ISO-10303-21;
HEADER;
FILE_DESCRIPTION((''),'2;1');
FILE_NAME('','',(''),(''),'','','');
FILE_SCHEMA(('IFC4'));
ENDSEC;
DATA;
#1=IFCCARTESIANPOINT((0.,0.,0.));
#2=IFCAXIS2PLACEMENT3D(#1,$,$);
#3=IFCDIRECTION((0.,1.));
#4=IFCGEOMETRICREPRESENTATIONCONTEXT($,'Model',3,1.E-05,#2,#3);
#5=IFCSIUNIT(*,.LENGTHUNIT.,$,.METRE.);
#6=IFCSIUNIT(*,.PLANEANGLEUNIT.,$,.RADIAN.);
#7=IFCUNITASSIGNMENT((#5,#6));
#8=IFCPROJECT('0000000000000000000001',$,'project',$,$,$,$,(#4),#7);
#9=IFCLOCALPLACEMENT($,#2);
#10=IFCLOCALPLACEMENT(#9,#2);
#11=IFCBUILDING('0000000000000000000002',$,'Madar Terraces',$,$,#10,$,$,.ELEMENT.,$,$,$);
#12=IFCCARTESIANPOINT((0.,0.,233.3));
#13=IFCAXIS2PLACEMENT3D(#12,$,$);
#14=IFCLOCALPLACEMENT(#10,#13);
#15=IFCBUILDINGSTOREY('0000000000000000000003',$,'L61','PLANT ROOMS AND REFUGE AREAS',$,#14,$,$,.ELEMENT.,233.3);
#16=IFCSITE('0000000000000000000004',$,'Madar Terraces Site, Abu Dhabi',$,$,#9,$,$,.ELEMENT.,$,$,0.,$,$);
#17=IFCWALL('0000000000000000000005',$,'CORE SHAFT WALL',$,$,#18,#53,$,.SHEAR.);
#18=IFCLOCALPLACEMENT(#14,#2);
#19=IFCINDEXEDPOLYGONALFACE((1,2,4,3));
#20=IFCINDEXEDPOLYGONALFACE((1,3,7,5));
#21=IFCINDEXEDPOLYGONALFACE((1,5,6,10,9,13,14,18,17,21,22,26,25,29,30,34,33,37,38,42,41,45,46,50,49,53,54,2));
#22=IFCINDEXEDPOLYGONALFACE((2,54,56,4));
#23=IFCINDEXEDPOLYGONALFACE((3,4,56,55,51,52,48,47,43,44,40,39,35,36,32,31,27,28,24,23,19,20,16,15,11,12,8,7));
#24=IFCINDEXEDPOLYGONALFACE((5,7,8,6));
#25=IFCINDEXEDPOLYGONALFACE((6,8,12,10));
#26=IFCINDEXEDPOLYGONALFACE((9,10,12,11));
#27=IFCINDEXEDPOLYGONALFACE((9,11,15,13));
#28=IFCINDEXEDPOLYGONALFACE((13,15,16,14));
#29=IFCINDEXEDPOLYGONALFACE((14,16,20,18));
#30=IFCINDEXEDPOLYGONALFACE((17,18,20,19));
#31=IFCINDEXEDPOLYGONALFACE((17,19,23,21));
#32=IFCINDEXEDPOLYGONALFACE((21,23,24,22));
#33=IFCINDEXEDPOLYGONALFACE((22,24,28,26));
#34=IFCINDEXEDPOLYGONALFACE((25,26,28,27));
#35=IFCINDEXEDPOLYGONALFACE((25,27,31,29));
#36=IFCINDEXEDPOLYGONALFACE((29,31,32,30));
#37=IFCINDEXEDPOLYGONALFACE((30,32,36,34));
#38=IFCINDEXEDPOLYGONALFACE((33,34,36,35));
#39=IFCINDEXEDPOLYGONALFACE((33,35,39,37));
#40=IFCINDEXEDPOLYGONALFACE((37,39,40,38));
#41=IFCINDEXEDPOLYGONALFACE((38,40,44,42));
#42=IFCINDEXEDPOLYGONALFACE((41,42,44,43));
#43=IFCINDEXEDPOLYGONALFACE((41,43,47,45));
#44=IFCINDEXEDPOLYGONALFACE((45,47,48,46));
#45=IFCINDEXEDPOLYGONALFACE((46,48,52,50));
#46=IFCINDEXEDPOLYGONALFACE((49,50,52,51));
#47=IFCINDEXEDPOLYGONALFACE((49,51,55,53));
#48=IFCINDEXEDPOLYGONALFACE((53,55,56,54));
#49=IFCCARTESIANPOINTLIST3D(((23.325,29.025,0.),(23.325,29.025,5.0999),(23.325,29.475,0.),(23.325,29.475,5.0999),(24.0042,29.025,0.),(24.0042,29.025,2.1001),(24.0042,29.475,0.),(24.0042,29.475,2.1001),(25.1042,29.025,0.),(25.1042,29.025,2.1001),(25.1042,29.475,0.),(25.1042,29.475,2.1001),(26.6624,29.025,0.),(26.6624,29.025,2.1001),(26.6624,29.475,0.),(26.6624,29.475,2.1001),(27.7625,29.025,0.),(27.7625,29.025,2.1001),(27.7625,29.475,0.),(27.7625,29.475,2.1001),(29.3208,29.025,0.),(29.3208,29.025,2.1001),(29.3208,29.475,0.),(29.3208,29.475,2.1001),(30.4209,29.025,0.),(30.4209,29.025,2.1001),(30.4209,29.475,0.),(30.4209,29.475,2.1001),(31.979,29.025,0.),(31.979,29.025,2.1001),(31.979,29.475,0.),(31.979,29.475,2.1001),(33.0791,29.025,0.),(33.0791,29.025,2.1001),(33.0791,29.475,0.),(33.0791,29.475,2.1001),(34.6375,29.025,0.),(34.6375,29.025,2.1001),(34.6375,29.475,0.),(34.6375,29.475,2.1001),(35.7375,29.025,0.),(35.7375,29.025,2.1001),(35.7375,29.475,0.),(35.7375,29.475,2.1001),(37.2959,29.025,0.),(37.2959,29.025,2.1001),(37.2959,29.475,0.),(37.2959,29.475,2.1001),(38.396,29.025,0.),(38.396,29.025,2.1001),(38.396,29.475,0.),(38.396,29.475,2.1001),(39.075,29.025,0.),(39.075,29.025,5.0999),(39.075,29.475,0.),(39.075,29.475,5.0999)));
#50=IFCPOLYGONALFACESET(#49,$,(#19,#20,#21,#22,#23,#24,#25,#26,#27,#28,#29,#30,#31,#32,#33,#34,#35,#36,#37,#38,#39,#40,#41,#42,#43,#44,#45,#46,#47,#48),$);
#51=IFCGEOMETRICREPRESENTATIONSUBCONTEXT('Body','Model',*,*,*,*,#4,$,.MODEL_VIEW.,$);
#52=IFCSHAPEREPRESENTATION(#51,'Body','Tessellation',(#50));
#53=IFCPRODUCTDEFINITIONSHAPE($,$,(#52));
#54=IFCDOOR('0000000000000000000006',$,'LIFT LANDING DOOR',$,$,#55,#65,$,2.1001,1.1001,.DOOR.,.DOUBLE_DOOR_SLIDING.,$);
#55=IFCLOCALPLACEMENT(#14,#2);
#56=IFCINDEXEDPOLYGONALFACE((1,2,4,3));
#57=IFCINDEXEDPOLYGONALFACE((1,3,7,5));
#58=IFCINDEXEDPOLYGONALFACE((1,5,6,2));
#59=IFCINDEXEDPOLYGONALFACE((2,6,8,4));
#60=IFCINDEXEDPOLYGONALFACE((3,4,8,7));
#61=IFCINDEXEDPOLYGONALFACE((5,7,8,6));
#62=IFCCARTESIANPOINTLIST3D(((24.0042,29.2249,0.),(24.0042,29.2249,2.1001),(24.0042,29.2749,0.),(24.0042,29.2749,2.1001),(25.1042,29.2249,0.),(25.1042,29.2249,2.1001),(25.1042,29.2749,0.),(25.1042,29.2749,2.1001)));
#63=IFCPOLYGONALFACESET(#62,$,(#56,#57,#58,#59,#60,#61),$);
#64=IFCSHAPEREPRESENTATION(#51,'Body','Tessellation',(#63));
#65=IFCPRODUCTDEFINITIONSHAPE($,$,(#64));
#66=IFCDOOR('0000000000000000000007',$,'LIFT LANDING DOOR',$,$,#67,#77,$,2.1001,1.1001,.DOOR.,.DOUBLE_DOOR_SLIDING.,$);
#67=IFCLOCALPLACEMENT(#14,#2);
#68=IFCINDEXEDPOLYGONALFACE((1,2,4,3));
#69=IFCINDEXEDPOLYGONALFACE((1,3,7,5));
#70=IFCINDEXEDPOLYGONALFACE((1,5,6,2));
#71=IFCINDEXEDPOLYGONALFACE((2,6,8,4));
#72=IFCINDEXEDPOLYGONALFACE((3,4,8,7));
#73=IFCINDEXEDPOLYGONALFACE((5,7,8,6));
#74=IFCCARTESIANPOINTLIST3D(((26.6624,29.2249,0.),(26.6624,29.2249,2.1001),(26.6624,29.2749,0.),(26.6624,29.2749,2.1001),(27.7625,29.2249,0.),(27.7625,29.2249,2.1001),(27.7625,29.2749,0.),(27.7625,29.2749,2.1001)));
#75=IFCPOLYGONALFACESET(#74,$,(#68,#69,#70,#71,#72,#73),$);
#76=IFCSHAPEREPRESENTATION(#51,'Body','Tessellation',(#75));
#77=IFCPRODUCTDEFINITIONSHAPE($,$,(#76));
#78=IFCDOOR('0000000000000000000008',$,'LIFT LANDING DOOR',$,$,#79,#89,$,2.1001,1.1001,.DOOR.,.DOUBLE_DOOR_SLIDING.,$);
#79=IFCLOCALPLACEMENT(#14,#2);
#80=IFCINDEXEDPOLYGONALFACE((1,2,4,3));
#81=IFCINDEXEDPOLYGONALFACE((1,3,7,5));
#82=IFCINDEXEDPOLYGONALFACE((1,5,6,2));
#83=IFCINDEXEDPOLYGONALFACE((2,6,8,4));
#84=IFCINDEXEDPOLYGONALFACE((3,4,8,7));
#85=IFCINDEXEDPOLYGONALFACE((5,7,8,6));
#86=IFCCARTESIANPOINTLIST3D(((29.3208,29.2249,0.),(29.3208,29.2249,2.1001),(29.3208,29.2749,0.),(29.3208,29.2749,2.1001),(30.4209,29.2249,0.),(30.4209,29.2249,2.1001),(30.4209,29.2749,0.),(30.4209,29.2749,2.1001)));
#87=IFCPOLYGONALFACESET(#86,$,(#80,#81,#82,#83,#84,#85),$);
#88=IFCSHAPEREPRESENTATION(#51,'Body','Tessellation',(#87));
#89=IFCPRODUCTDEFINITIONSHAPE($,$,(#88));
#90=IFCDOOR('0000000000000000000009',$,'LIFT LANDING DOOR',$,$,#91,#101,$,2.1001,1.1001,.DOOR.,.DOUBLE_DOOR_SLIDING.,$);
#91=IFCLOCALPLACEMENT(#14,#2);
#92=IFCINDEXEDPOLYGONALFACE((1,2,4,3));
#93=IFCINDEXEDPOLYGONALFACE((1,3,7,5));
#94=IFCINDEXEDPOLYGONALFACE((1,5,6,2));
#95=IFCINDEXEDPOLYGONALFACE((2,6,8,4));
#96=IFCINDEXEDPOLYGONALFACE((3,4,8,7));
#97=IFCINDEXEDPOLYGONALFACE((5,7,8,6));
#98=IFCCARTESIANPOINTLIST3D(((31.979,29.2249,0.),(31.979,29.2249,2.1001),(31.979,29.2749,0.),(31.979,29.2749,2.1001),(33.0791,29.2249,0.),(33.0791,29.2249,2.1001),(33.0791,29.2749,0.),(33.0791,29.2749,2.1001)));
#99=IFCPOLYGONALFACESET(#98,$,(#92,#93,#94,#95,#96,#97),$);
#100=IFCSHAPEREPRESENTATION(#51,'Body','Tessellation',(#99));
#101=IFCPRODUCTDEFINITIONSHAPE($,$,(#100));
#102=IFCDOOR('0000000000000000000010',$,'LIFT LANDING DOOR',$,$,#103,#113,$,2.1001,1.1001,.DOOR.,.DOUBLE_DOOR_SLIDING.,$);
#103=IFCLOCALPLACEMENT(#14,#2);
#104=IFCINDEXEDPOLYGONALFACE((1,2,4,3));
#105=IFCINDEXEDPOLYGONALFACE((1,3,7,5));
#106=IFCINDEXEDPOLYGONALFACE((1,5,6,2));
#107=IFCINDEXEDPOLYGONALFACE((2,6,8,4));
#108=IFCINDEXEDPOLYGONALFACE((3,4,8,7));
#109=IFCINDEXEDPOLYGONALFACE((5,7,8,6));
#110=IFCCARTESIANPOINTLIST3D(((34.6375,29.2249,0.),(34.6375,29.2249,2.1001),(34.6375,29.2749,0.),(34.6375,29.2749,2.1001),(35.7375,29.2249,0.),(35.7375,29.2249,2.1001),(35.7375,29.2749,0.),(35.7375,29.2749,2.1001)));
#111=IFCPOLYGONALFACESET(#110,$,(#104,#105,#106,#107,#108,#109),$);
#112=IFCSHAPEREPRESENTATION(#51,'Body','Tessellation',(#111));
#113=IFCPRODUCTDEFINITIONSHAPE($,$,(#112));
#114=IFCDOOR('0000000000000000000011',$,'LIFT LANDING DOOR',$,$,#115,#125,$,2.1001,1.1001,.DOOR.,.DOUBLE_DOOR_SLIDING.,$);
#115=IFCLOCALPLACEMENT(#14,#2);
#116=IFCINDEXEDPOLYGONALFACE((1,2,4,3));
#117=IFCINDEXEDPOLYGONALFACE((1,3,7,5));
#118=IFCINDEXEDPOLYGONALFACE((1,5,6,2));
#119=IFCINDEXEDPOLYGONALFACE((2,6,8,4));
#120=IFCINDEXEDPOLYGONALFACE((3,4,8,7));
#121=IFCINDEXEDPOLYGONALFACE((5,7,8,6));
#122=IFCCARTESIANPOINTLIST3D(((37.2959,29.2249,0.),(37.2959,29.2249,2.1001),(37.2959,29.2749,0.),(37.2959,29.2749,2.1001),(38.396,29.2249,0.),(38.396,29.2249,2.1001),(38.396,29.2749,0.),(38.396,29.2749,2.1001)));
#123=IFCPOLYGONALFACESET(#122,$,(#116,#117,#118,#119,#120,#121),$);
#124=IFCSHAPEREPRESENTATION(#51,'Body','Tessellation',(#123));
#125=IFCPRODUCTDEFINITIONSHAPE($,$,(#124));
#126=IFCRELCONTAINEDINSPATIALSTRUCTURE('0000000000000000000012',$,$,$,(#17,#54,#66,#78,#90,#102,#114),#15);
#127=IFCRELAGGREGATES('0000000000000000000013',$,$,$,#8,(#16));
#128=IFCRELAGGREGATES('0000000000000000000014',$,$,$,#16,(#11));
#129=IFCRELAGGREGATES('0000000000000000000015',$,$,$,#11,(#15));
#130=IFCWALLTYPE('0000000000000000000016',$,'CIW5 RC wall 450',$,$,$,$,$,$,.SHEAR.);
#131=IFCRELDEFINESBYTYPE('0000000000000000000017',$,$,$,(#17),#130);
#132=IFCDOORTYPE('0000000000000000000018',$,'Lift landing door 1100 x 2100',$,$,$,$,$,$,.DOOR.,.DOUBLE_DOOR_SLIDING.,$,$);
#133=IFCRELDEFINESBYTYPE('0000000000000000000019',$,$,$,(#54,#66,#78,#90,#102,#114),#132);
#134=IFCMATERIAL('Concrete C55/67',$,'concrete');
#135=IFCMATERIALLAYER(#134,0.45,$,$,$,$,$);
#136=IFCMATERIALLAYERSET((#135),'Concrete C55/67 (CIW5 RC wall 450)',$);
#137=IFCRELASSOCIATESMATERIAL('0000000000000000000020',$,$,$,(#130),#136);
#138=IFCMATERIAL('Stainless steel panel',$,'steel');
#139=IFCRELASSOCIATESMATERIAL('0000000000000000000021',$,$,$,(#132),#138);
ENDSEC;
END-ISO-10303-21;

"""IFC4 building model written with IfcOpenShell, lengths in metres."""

from ifc_helpers import new_model, si_unit, direction, frame, frame_2d, origin, place, context, subcontext, project, spatial, rectangle, extrude, material, layer, layer_set, type_object, element, fill, save


model = new_model("IFC4")

# Units and contexts
model_context = context("Model", 3, precision=1e-05, world=origin(), true_north=direction((0.0, 1.0)))
body_context = subcontext(model_context, "Body", "Model", "MODEL_VIEW")
ifc_project = project(units=[si_unit("LENGTHUNIT", "METRE"), si_unit("PLANEANGLEUNIT", "RADIAN")], contexts=[model_context])

# Site, building, storey
site_placement = place(None, origin())
site = spatial("IfcSite", under=ifc_project, at=site_placement, Name="Madar Terraces Site, Abu Dhabi", CompositionType="ELEMENT", RefElevation=0.0)
building_placement = place(site_placement, origin())
building = spatial("IfcBuilding", under=site, at=building_placement, Name="Madar Terraces", CompositionType="ELEMENT")
storey_placement = place(building_placement, frame((0.0, 0.0, 233.3)))
storey = spatial("IfcBuildingStorey", under=building, at=storey_placement, Name="L61", Description="PLANT ROOMS AND REFUGE AREAS", CompositionType="ELEMENT", Elevation=233.3)

# Shared definitions
ifc_material_1 = material(Name="Concrete C55/67", Category="concrete")
ifc_layer_1 = layer(ifc_material_1, 0.45)
ifc_layer_set_1 = layer_set([ifc_layer_1], Name="Concrete C55/67 (CIW5 RC wall 450)")
wall_type_1 = type_object("IfcWallType", Name="CIW5 RC wall 450", PredefinedType="SHEAR", material=ifc_layer_set_1)

# Wall, openings, doors
wall_1_placement = place(storey_placement, frame((23.325, 29.25, 0.0), z_axis=(0.0, 0.0, 1.0), x_axis=(1.0, 0.0, 0.0)))
wall_1 = element("IfcWall", 1, at=wall_1_placement, inside=storey, type_object=wall_type_1, Name="CORE SHAFT WALL", PredefinedType="SHEAR", context=body_context, shape_type="SweptSolid", body=[
    extrude(rectangle(XDim=15.75, YDim=0.45, at=frame_2d((7.875, 0.0))), origin(), (0.0, 0.0, 1.0), 5.0999),
])
opening_1_placement = place(wall_1_placement, frame((0.6792, 0.0, 0.0)))
opening_1 = element("IfcOpeningElement", 2, at=opening_1_placement, cuts=wall_1, PredefinedType="OPENING", context=body_context, shape_type="SweptSolid", body=[
    extrude(rectangle(XDim=1.1001, YDim=2.1001, at=frame_2d((0.55, 1.05))), frame((0.0, 0.2349, 0.0), z_axis=(0.0, -1.0, 0.0), x_axis=(1.0, 0.0, 0.0)), (0.0, 0.0, 1.0), 0.47),
])
opening_2_placement = place(wall_1_placement, frame((3.3374, 0.0, 0.0)))
opening_2 = element("IfcOpeningElement", 3, at=opening_2_placement, cuts=wall_1, PredefinedType="OPENING", context=body_context, shape_type="SweptSolid", body=[
    extrude(rectangle(XDim=1.1001, YDim=2.1001, at=frame_2d((0.55, 1.05))), frame((0.0, 0.2349, 0.0), z_axis=(0.0, -1.0, 0.0), x_axis=(1.0, 0.0, 0.0)), (0.0, 0.0, 1.0), 0.47),
])
opening_3_placement = place(wall_1_placement, frame((5.9958, 0.0, 0.0)))
opening_3 = element("IfcOpeningElement", 4, at=opening_3_placement, cuts=wall_1, PredefinedType="OPENING", context=body_context, shape_type="SweptSolid", body=[
    extrude(rectangle(XDim=1.1001, YDim=2.1001, at=frame_2d((0.55, 1.05))), frame((0.0, 0.2349, 0.0), z_axis=(0.0, -1.0, 0.0), x_axis=(1.0, 0.0, 0.0)), (0.0, 0.0, 1.0), 0.47),
])
opening_4_placement = place(wall_1_placement, frame((8.6541, 0.0, 0.0)))
opening_4 = element("IfcOpeningElement", 5, at=opening_4_placement, cuts=wall_1, PredefinedType="OPENING", context=body_context, shape_type="SweptSolid", body=[
    extrude(rectangle(XDim=1.1001, YDim=2.1001, at=frame_2d((0.55, 1.05))), frame((0.0, 0.2349, 0.0), z_axis=(0.0, -1.0, 0.0), x_axis=(1.0, 0.0, 0.0)), (0.0, 0.0, 1.0), 0.47),
])
opening_5_placement = place(wall_1_placement, frame((11.3125, 0.0, 0.0)))
opening_5 = element("IfcOpeningElement", 6, at=opening_5_placement, cuts=wall_1, PredefinedType="OPENING", context=body_context, shape_type="SweptSolid", body=[
    extrude(rectangle(XDim=1.1001, YDim=2.1001, at=frame_2d((0.55, 1.05))), frame((0.0, 0.2349, 0.0), z_axis=(0.0, -1.0, 0.0), x_axis=(1.0, 0.0, 0.0)), (0.0, 0.0, 1.0), 0.47),
])
opening_6_placement = place(wall_1_placement, frame((13.9709, 0.0, 0.0)))
opening_6 = element("IfcOpeningElement", 7, at=opening_6_placement, cuts=wall_1, PredefinedType="OPENING", context=body_context, shape_type="SweptSolid", body=[
    extrude(rectangle(XDim=1.1001, YDim=2.1001, at=frame_2d((0.55, 1.05))), frame((0.0, 0.2349, 0.0), z_axis=(0.0, -1.0, 0.0), x_axis=(1.0, 0.0, 0.0)), (0.0, 0.0, 1.0), 0.47),
])
ifc_material_2 = material(Name="Stainless steel panel", Category="steel")
door_type_1 = type_object("IfcDoorType", Name="Lift landing door 1100 x 2100", OperationType="DOUBLE_DOOR_SLIDING", PredefinedType="DOOR", material=ifc_material_2)
door_1_placement = place(opening_1_placement, origin())
door_1 = element("IfcDoor", 8, at=door_1_placement, inside=storey, type_object=door_type_1, Name="LIFT LANDING DOOR", OperationType="DOUBLE_DOOR_SLIDING", OverallHeight=2.1001, OverallWidth=1.1001, PredefinedType="DOOR", context=body_context, shape_type="SweptSolid", body=[
    extrude(rectangle(XDim=1.1001, YDim=2.1001, at=frame_2d((0.55, 1.05))), frame((0.0, 0.0249, 0.0), z_axis=(0.0, -1.0, 0.0), x_axis=(1.0, 0.0, 0.0)), (0.0, 0.0, 1.0), 0.05),
])
fill(opening_1, door_1)
door_2_placement = place(opening_2_placement, origin())
door_2 = element("IfcDoor", 9, at=door_2_placement, inside=storey, type_object=door_type_1, Name="LIFT LANDING DOOR", OperationType="DOUBLE_DOOR_SLIDING", OverallHeight=2.1001, OverallWidth=1.1001, PredefinedType="DOOR", context=body_context, shape_type="SweptSolid", body=[
    extrude(rectangle(XDim=1.1001, YDim=2.1001, at=frame_2d((0.55, 1.05))), frame((0.0, 0.0249, 0.0), z_axis=(0.0, -1.0, 0.0), x_axis=(1.0, 0.0, 0.0)), (0.0, 0.0, 1.0), 0.05),
])
fill(opening_2, door_2)
door_3_placement = place(opening_3_placement, origin())
door_3 = element("IfcDoor", 10, at=door_3_placement, inside=storey, type_object=door_type_1, Name="LIFT LANDING DOOR", OperationType="DOUBLE_DOOR_SLIDING", OverallHeight=2.1001, OverallWidth=1.1001, PredefinedType="DOOR", context=body_context, shape_type="SweptSolid", body=[
    extrude(rectangle(XDim=1.1001, YDim=2.1001, at=frame_2d((0.55, 1.05))), frame((0.0, 0.0249, 0.0), z_axis=(0.0, -1.0, 0.0), x_axis=(1.0, 0.0, 0.0)), (0.0, 0.0, 1.0), 0.05),
])
fill(opening_3, door_3)
door_4_placement = place(opening_4_placement, origin())
door_4 = element("IfcDoor", 11, at=door_4_placement, inside=storey, type_object=door_type_1, Name="LIFT LANDING DOOR", OperationType="DOUBLE_DOOR_SLIDING", OverallHeight=2.1001, OverallWidth=1.1001, PredefinedType="DOOR", context=body_context, shape_type="SweptSolid", body=[
    extrude(rectangle(XDim=1.1001, YDim=2.1001, at=frame_2d((0.55, 1.05))), frame((0.0, 0.0249, 0.0), z_axis=(0.0, -1.0, 0.0), x_axis=(1.0, 0.0, 0.0)), (0.0, 0.0, 1.0), 0.05),
])
fill(opening_4, door_4)
door_5_placement = place(opening_5_placement, origin())
door_5 = element("IfcDoor", 12, at=door_5_placement, inside=storey, type_object=door_type_1, Name="LIFT LANDING DOOR", OperationType="DOUBLE_DOOR_SLIDING", OverallHeight=2.1001, OverallWidth=1.1001, PredefinedType="DOOR", context=body_context, shape_type="SweptSolid", body=[
    extrude(rectangle(XDim=1.1001, YDim=2.1001, at=frame_2d((0.55, 1.05))), frame((0.0, 0.0249, 0.0), z_axis=(0.0, -1.0, 0.0), x_axis=(1.0, 0.0, 0.0)), (0.0, 0.0, 1.0), 0.05),
])
fill(opening_5, door_5)
door_6_placement = place(opening_6_placement, origin())
door_6 = element("IfcDoor", 13, at=door_6_placement, inside=storey, type_object=door_type_1, Name="LIFT LANDING DOOR", OperationType="DOUBLE_DOOR_SLIDING", OverallHeight=2.1001, OverallWidth=1.1001, PredefinedType="DOOR", context=body_context, shape_type="SweptSolid", body=[
    extrude(rectangle(XDim=1.1001, YDim=2.1001, at=frame_2d((0.55, 1.05))), frame((0.0, 0.0249, 0.0), z_axis=(0.0, -1.0, 0.0), x_axis=(1.0, 0.0, 0.0)), (0.0, 0.0, 1.0), 0.05),
])
fill(opening_6, door_6)

save(model, "model.ifc")
